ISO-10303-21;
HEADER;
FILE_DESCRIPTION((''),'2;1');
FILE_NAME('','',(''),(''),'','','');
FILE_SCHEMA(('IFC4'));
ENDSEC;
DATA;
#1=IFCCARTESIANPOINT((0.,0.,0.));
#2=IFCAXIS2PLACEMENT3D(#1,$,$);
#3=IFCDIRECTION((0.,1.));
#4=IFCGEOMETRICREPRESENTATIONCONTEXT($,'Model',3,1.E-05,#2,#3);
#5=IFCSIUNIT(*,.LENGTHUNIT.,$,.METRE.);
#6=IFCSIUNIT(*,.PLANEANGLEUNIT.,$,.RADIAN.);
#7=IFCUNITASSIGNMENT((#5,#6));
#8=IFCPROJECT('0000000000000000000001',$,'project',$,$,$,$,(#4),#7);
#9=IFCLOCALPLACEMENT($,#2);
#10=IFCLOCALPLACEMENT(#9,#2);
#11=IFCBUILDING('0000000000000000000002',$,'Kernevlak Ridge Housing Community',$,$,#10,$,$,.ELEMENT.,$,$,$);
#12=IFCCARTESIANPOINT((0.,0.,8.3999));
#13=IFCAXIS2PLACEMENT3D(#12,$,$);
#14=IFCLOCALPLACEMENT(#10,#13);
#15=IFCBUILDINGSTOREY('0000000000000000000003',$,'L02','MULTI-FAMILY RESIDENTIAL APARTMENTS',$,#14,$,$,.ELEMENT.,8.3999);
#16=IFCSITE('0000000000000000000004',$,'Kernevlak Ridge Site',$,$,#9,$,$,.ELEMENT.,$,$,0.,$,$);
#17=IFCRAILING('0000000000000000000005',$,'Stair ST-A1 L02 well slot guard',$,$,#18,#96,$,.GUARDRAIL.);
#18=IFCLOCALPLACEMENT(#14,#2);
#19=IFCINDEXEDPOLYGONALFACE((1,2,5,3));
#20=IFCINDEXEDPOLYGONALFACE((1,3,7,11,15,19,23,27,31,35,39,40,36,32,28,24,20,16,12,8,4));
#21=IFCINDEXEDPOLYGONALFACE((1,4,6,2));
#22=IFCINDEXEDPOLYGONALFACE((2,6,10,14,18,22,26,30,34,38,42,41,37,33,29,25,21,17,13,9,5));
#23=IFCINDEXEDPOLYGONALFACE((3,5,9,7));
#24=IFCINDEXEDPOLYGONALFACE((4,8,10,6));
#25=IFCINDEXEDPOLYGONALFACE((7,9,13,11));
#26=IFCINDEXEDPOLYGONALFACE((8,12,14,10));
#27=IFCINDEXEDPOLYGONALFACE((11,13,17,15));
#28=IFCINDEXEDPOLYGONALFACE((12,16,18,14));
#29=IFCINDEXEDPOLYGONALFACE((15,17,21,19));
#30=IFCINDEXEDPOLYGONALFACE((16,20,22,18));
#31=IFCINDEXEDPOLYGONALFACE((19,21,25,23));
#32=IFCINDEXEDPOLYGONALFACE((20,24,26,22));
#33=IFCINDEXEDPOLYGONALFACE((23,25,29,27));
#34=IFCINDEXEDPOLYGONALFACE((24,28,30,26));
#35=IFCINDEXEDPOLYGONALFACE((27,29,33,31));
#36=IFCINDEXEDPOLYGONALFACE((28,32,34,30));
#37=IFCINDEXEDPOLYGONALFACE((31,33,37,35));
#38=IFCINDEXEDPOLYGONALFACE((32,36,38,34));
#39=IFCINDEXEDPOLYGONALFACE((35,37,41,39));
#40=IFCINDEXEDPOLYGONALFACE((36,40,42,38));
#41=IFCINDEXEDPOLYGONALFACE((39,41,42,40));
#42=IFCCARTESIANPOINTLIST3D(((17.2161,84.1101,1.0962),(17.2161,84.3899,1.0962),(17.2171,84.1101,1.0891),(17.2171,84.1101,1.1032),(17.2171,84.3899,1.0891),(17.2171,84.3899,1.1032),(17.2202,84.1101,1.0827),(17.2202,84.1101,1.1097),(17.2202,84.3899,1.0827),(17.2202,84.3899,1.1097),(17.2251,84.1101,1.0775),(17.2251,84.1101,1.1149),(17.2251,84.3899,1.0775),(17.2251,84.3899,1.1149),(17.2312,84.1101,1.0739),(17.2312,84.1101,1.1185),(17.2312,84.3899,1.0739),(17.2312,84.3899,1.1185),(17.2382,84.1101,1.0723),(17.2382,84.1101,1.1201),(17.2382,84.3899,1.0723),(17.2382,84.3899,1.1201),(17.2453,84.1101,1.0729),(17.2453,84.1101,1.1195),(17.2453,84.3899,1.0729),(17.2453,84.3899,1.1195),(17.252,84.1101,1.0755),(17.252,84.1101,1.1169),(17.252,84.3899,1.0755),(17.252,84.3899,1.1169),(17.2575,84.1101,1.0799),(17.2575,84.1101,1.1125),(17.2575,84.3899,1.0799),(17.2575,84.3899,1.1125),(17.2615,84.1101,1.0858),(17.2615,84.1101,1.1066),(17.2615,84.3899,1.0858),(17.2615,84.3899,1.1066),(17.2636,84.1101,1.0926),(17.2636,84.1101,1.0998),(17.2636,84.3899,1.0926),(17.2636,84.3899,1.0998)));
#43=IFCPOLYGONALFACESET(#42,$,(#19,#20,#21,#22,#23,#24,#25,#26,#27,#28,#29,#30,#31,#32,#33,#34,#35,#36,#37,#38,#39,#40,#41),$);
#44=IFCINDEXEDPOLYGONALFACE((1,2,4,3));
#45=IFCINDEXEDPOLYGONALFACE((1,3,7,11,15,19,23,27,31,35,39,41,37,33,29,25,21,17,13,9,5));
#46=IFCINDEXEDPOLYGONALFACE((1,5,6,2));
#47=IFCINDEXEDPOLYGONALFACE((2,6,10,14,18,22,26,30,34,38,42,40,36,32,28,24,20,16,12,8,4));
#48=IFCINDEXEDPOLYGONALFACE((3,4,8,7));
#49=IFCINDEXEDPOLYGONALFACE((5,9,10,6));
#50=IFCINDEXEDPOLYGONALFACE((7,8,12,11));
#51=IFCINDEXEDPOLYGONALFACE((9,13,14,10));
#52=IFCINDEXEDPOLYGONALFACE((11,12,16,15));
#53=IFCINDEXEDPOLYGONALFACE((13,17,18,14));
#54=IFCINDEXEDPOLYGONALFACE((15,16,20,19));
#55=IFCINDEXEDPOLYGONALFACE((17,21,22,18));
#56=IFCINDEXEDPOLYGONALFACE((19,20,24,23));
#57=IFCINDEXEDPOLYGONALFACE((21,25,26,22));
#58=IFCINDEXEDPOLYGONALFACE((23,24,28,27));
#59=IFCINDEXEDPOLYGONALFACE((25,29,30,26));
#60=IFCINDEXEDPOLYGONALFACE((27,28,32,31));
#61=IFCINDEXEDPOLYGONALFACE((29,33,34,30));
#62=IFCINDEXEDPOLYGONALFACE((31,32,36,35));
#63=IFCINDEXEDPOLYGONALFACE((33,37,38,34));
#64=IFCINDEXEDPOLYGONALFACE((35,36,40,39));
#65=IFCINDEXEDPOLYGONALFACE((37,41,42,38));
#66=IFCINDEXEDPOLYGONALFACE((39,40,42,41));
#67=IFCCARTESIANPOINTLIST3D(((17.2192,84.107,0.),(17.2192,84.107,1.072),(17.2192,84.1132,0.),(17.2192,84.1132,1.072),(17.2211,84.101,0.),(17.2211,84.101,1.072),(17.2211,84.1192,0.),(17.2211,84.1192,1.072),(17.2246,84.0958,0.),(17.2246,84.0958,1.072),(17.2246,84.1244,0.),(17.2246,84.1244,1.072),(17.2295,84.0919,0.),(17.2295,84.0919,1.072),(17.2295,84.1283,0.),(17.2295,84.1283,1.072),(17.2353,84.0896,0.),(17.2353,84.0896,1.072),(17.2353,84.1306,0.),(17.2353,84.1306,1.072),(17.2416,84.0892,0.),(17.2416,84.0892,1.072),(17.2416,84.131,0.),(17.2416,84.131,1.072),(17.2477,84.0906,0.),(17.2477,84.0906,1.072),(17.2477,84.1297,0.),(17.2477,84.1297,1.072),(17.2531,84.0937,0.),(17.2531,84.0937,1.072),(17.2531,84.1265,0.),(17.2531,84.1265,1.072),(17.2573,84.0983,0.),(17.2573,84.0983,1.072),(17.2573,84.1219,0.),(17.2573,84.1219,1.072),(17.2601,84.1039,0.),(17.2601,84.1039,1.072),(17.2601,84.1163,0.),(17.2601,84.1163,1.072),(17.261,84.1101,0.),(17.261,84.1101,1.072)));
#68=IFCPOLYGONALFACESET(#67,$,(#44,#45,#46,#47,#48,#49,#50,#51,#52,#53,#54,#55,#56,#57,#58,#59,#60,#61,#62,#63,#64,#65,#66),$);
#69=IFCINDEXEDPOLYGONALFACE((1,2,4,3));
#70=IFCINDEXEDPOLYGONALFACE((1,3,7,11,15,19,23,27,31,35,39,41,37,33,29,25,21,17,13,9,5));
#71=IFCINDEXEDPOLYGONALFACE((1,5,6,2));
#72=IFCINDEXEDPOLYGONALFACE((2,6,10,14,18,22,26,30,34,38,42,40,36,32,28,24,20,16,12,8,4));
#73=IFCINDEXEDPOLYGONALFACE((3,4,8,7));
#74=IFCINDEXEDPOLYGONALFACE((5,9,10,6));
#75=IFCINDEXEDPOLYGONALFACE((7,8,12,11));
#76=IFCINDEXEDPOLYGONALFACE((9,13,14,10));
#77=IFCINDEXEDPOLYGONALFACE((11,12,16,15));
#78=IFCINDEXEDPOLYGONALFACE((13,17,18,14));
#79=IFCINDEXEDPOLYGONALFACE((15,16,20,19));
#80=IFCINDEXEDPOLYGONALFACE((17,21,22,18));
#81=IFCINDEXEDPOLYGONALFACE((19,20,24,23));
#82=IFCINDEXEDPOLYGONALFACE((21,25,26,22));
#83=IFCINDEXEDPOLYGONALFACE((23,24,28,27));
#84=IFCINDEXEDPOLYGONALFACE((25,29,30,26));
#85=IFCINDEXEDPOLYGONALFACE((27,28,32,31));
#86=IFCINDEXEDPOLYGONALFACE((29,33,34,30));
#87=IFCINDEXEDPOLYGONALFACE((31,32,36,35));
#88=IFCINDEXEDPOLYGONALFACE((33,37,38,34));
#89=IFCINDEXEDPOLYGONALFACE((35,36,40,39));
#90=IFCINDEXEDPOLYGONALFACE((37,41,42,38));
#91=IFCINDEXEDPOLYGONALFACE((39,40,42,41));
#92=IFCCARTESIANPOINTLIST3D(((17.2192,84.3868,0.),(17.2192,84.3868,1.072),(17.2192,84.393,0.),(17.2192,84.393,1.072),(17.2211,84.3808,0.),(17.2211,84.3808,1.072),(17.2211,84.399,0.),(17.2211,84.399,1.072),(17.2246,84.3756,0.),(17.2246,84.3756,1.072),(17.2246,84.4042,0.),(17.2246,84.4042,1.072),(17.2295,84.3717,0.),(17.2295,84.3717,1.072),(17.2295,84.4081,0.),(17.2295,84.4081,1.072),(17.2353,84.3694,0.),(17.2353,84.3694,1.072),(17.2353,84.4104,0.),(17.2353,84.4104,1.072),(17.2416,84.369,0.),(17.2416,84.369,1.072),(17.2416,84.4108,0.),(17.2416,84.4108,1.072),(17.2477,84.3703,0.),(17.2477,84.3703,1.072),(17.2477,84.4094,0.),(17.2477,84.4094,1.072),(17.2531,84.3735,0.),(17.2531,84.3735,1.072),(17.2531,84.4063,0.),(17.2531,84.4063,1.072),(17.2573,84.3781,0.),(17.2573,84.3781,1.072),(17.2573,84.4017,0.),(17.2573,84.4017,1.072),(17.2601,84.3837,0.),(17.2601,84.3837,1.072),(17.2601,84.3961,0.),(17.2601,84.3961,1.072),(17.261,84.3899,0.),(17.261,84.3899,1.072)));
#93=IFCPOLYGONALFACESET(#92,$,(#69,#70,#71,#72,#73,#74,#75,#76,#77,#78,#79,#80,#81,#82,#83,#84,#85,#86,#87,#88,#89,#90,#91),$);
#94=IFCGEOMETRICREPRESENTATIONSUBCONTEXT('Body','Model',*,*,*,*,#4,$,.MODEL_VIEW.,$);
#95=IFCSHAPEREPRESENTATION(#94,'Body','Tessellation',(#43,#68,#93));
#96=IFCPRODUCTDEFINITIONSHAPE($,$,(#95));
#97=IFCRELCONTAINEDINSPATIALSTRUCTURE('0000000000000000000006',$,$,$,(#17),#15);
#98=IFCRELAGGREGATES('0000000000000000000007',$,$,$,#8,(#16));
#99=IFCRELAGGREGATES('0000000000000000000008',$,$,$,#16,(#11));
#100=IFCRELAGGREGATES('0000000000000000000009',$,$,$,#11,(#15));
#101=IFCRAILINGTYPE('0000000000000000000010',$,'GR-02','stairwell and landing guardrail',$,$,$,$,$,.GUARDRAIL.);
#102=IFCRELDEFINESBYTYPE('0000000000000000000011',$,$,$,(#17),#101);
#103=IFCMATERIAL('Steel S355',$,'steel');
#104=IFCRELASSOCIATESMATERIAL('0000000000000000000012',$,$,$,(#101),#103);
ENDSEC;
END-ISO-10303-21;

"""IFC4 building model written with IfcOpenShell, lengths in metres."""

from ifc_helpers import new_model, si_unit, direction, frame, origin, origin_2d, place, context, subcontext, project, spatial, circle, extrude, material, type_object, element, save


model = new_model("IFC4")

# Units and contexts
model_context = context("Model", 3, precision=1e-05, world=origin(), true_north=direction((0.0, 1.0)))
body_context = subcontext(model_context, "Body", "Model", "MODEL_VIEW")
ifc_project = project(units=[si_unit("LENGTHUNIT", "METRE"), si_unit("PLANEANGLEUNIT", "RADIAN")], contexts=[model_context])

# Site, building, storey
site_placement = place(None, origin())
site = spatial("IfcSite", under=ifc_project, at=site_placement, Name="Kernevlak Ridge Site", CompositionType="ELEMENT", RefElevation=0.0)
building_placement = place(site_placement, origin())
building = spatial("IfcBuilding", under=site, at=building_placement, Name="Kernevlak Ridge Housing Community", CompositionType="ELEMENT")
storey_placement = place(building_placement, frame((0.0, 0.0, 8.3999)))
storey = spatial("IfcBuildingStorey", under=building, at=storey_placement, Name="L02", Description="MULTI-FAMILY RESIDENTIAL APARTMENTS", CompositionType="ELEMENT", Elevation=8.3999)

# Railing
ifc_material_1 = material(Name="Steel S355", Category="steel")
railing_type_1 = type_object("IfcRailingType", Name="GR-02", Description="stairwell and landing guardrail", PredefinedType="GUARDRAIL", material=ifc_material_1)
railing_1_placement = place(storey_placement, frame((17.24, 84.1101, 0.0)))
element("IfcRailing", 1, at=railing_1_placement, inside=storey, type_object=railing_type_1, Name="Stair ST-A1 L02 well slot guard", PredefinedType="GUARDRAIL", context=body_context, shape_type="SweptSolid", body=[
    extrude(circle(Radius=0.0239, at=origin_2d()), frame((0.0, 0.0, 1.0962), z_axis=(0.0, 1.0, 0.0), x_axis=(-1.0, 0.0, 0.0)), (0.0, 0.0, 1.0), 0.2798),
    extrude(circle(Radius=0.021, at=origin_2d()), origin(), (0.0, 0.0, 1.0), 1.072),
    extrude(circle(Radius=0.021, at=origin_2d()), frame((0.0, 0.2798, 0.0)), (0.0, 0.0, 1.0), 1.072),
])

save(model, "model.ifc")
